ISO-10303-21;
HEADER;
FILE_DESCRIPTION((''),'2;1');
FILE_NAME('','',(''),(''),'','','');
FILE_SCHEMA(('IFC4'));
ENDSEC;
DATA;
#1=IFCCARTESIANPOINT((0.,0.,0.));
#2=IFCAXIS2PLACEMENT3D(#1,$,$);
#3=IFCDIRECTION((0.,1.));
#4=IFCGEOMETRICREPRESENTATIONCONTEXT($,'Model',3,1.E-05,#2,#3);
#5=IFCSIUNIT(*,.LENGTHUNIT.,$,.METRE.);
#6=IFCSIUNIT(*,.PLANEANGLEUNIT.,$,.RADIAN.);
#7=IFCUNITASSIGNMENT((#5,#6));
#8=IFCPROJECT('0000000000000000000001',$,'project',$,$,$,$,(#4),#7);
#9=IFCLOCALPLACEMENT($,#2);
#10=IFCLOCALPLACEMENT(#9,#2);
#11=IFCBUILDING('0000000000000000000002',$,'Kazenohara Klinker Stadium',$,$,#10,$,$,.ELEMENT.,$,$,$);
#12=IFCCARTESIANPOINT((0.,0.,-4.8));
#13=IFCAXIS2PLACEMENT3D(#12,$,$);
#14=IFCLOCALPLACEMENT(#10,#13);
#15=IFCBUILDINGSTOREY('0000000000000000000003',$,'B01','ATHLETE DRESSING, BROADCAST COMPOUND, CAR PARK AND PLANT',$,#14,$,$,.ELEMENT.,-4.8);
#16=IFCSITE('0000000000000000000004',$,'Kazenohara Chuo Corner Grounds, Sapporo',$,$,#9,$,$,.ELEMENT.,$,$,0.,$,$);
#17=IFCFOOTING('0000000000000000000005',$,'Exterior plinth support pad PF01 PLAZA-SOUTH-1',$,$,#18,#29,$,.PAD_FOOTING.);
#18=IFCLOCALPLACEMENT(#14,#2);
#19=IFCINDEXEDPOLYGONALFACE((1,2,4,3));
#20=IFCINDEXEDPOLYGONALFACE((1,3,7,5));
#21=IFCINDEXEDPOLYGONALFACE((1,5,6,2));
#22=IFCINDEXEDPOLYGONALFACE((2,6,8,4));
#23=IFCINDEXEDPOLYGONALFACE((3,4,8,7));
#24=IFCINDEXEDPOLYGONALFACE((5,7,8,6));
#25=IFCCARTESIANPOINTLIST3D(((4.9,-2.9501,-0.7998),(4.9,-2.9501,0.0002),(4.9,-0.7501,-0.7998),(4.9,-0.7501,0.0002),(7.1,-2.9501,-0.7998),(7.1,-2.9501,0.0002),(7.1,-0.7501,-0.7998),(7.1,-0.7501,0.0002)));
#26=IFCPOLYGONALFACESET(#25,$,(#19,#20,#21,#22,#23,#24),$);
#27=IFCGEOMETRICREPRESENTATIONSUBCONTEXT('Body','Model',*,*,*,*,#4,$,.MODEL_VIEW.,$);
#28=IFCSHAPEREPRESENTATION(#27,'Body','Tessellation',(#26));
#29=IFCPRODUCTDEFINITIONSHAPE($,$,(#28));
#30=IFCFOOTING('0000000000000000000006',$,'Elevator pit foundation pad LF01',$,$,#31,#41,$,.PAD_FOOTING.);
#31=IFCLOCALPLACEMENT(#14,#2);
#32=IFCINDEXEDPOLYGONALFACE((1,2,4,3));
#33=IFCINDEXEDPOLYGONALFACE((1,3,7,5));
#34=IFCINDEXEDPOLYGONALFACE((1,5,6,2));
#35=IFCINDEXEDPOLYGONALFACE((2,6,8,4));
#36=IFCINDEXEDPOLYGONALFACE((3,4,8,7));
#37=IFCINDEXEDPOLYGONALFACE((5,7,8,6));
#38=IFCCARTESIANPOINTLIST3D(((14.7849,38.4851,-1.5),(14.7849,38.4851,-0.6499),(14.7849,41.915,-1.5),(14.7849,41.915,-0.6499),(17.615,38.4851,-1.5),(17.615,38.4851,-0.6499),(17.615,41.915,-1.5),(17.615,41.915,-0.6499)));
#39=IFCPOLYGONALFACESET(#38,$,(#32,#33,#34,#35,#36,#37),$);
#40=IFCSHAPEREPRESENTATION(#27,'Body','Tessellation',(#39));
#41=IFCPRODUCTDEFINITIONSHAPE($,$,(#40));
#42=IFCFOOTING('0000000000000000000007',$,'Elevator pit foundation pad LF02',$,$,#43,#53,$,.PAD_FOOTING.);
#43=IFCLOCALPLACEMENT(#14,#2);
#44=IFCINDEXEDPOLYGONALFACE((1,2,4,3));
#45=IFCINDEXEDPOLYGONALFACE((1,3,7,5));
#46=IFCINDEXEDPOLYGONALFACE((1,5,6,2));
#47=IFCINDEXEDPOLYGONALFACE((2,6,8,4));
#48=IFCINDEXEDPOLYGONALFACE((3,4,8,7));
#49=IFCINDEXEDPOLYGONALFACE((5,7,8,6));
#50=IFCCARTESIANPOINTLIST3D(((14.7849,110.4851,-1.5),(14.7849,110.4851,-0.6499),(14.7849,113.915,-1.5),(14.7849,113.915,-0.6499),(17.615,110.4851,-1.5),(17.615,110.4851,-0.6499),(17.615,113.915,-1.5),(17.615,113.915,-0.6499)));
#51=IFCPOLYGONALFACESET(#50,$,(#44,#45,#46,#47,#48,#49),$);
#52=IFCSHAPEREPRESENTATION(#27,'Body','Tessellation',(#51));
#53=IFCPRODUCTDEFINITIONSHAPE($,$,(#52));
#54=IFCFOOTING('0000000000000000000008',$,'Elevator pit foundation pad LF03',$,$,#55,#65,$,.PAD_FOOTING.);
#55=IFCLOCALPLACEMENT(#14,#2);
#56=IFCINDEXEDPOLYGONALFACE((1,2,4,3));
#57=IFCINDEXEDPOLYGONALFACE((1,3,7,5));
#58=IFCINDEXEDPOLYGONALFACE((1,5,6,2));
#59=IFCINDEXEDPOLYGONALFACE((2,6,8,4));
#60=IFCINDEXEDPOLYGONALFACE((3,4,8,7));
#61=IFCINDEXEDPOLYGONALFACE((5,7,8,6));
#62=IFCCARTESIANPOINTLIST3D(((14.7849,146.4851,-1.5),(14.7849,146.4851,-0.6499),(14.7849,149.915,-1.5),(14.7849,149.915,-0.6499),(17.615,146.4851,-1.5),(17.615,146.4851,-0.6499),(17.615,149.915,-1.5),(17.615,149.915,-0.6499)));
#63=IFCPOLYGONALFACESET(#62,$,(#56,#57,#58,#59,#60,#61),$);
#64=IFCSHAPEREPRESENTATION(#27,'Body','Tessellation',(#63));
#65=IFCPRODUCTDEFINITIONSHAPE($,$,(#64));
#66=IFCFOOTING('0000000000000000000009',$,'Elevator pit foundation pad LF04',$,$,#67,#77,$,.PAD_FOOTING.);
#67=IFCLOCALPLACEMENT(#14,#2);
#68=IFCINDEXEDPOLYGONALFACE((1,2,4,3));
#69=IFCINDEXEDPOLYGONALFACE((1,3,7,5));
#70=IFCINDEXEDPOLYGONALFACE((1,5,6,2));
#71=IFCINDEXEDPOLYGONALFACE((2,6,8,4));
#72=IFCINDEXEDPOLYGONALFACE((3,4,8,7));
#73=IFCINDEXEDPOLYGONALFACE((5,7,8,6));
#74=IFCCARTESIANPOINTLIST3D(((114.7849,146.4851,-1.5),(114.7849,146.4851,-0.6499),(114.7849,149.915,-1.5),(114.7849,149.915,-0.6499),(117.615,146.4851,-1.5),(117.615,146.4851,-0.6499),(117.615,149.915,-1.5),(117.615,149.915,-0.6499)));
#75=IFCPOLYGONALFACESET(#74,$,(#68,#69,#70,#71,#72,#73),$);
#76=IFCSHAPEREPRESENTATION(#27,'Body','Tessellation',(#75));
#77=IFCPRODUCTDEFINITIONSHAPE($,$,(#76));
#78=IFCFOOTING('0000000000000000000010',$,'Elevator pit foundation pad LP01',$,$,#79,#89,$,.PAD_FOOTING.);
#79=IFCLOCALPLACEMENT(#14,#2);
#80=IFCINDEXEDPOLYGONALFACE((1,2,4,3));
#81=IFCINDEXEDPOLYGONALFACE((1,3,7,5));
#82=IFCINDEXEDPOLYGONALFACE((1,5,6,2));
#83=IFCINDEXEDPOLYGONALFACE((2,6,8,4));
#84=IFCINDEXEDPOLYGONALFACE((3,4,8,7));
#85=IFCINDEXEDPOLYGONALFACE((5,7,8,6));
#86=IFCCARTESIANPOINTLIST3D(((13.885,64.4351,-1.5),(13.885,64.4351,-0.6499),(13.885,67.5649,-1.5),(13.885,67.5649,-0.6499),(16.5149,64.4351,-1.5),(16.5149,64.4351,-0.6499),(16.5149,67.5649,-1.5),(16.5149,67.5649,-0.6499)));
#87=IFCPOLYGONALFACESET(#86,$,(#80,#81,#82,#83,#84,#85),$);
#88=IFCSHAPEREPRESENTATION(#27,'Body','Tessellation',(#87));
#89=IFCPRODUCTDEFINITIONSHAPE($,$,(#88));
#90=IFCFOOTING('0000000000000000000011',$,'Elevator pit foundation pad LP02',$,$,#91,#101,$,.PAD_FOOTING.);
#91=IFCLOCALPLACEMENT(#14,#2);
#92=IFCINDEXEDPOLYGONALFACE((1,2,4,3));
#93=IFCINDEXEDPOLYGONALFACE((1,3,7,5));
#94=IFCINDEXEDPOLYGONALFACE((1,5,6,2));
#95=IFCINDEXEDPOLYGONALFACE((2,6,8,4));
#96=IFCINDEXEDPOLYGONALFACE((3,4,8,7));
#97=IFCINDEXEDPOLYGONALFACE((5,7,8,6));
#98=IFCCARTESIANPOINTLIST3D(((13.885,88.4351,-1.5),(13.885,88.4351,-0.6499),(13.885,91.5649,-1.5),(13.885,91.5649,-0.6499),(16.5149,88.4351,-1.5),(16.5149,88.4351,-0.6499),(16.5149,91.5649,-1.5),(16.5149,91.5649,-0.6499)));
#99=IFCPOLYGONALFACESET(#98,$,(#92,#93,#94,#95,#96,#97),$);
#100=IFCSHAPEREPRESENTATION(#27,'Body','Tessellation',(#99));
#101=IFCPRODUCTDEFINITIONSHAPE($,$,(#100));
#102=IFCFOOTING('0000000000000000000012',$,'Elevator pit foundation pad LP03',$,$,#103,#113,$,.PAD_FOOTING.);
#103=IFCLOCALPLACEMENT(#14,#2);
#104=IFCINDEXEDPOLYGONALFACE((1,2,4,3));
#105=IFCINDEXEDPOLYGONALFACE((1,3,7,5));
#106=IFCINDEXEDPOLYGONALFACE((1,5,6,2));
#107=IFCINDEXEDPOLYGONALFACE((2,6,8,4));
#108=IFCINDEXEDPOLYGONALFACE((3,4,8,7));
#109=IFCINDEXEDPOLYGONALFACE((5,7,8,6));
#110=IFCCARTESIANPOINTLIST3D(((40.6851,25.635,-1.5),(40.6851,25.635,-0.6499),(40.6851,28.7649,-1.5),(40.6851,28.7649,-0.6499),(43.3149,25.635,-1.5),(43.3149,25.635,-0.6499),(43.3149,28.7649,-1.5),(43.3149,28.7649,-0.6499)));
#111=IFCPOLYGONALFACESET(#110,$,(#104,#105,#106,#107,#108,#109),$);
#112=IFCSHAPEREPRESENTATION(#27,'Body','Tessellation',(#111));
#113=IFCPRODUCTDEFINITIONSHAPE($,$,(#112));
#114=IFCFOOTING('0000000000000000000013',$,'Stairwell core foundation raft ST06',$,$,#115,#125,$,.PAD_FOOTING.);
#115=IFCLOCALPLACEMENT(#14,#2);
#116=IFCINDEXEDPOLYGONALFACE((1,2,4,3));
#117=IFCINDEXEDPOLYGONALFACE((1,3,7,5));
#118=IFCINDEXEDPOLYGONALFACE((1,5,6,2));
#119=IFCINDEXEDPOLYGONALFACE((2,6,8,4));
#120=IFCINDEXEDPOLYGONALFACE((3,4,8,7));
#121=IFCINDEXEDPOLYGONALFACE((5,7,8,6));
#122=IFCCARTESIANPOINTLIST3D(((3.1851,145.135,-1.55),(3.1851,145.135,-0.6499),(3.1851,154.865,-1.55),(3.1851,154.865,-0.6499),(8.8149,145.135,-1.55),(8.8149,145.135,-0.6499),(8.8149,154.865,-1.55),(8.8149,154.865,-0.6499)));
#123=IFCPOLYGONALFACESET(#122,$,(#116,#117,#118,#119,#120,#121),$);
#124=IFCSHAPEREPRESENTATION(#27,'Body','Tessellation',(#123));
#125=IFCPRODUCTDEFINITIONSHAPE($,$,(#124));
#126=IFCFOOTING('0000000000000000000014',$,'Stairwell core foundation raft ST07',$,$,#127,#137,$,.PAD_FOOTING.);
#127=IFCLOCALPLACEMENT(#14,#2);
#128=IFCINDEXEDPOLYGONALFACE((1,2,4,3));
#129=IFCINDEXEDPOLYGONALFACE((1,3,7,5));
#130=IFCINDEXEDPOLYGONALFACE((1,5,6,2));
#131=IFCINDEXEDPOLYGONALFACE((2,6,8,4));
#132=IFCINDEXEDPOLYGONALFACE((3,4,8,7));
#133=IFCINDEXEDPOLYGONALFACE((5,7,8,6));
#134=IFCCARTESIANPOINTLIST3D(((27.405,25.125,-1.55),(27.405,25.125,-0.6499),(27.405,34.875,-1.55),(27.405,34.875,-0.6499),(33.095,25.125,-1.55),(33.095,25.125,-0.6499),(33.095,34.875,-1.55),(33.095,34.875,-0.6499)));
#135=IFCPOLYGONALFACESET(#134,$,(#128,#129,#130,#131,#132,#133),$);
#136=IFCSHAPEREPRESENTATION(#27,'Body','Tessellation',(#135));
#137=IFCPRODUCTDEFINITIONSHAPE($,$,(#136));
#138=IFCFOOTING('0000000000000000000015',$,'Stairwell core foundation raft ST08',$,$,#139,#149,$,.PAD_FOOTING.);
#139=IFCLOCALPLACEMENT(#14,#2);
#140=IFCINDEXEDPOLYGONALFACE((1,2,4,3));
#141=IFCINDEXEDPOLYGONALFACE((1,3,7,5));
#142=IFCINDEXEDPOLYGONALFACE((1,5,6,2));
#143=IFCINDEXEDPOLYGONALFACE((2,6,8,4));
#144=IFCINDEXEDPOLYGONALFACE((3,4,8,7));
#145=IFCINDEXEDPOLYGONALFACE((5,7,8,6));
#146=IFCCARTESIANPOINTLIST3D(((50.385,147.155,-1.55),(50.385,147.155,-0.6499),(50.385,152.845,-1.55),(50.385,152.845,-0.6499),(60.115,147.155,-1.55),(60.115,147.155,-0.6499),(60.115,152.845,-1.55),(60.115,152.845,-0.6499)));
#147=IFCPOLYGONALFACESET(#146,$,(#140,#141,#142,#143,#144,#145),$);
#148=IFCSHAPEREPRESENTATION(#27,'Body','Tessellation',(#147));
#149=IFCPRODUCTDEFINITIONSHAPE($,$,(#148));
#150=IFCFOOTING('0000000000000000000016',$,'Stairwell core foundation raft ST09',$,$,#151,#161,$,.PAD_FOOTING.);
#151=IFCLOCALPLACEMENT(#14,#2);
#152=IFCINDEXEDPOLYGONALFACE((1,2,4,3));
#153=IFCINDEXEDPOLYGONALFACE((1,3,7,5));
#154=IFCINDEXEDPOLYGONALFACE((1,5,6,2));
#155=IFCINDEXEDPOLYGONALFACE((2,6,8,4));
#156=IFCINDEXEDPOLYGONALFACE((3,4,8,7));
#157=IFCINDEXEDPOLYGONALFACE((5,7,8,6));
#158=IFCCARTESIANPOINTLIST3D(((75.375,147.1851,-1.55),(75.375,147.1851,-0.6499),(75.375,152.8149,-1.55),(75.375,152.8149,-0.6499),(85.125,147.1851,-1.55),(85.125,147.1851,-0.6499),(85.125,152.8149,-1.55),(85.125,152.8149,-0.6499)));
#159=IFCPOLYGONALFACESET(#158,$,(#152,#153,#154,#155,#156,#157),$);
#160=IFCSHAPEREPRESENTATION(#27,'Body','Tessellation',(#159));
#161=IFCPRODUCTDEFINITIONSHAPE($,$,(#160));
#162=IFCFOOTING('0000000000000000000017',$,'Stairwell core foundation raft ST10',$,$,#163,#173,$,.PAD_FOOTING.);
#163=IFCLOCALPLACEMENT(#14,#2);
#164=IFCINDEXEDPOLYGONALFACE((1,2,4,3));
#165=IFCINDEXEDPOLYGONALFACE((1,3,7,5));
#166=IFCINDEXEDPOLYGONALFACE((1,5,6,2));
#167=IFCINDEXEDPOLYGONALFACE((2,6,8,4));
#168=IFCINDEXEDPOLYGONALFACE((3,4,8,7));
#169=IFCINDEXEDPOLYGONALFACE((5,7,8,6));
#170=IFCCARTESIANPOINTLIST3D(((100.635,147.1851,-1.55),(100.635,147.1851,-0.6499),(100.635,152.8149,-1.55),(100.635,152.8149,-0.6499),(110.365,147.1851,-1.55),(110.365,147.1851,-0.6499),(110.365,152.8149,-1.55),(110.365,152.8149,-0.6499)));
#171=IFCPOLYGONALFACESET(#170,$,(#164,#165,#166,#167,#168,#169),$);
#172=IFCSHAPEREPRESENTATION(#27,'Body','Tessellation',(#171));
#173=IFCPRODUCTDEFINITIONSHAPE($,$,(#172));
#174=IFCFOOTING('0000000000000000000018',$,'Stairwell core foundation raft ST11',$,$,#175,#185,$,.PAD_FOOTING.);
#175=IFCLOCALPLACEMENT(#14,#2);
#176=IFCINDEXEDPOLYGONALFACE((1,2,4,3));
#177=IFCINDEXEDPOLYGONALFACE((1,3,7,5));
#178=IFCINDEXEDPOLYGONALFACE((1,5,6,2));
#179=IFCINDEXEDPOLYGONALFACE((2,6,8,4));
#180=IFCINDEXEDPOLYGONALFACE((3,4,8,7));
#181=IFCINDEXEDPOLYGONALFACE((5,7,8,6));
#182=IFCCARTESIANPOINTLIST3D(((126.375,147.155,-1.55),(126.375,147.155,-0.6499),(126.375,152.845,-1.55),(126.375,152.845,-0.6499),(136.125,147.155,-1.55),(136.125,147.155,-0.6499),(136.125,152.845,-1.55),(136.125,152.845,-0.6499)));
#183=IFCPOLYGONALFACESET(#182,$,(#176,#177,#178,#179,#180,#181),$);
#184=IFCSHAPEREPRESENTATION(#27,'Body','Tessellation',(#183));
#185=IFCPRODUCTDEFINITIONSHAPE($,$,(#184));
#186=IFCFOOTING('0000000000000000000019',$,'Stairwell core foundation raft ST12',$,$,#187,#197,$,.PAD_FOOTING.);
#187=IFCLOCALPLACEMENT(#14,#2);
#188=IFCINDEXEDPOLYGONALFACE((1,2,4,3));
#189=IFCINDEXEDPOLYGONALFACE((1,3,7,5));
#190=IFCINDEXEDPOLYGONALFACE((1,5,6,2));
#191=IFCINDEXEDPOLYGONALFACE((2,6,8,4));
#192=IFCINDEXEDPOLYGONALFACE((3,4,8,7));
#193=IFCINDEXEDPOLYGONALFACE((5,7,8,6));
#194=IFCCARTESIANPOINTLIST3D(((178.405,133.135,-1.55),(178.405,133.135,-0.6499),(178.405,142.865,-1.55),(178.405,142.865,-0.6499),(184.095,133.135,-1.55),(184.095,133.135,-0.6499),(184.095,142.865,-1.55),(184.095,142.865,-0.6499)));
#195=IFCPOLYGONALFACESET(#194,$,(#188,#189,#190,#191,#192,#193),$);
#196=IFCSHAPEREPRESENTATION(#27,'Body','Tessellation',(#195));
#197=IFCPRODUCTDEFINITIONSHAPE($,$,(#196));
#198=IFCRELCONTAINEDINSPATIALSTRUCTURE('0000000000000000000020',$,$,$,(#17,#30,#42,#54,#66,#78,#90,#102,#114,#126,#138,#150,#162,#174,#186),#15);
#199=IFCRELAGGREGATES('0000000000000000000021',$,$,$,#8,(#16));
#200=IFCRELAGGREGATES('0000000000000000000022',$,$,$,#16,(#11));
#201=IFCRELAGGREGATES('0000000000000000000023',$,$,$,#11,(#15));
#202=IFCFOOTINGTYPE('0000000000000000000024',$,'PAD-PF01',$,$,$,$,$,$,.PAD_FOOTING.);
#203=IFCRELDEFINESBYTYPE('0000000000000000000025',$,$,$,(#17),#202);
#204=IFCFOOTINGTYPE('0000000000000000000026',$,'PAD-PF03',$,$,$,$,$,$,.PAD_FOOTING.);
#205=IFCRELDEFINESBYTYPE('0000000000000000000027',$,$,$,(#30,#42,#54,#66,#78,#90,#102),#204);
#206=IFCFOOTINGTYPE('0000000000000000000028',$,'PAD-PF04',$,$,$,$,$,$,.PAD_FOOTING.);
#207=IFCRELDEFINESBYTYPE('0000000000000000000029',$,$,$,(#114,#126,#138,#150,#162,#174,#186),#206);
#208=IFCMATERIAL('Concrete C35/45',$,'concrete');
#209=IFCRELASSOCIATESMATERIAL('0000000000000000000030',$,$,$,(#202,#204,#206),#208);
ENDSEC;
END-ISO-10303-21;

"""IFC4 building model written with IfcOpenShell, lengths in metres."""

from ifc_helpers import new_model, si_unit, direction, frame, origin, origin_2d, place, context, subcontext, project, spatial, polyline, rectangle, outline, extrude, material, type_object, element, save


model = new_model("IFC4")

# Units and contexts
model_context = context("Model", 3, precision=1e-05, world=origin(), true_north=direction((0.0, 1.0)))
body_context = subcontext(model_context, "Body", "Model", "MODEL_VIEW")
ifc_project = project(units=[si_unit("LENGTHUNIT", "METRE"), si_unit("PLANEANGLEUNIT", "RADIAN")], contexts=[model_context])

# Site, building, storey
site_placement = place(None, origin())
site = spatial("IfcSite", under=ifc_project, at=site_placement, Name="Kazenohara Chuo Corner Grounds, Sapporo", CompositionType="ELEMENT", RefElevation=0.0)
building_placement = place(site_placement, origin())
building = spatial("IfcBuilding", under=site, at=building_placement, Name="Kazenohara Klinker Stadium", CompositionType="ELEMENT")
storey_placement = place(building_placement, frame((0.0, 0.0, -4.8)))
storey = spatial("IfcBuildingStorey", under=building, at=storey_placement, Name="B01", Description="ATHLETE DRESSING, BROADCAST COMPOUND, CAR PARK AND PLANT", CompositionType="ELEMENT", Elevation=-4.8)

# Footings
ifc_material_1 = material(Name="Concrete C35/45", Category="concrete")
footing_type_1 = type_object("IfcFootingType", Name="PAD-PF01", PredefinedType="PAD_FOOTING", material=ifc_material_1)
footing_1_placement = place(storey_placement, frame((6.0, -1.8501, -0.7998), z_axis=(0.0, 0.0, 1.0), x_axis=(1.0, 0.0, 0.0)))
element("IfcFooting", 1, at=footing_1_placement, inside=storey, type_object=footing_type_1, Name="Exterior plinth support pad PF01 PLAZA-SOUTH-1", PredefinedType="PAD_FOOTING", context=body_context, shape_type="SweptSolid", body=[
    extrude(rectangle(XDim=2.2, YDim=2.2, at=origin_2d()), origin(), (0.0, 0.0, 1.0), 0.8),
])
footing_type_2 = type_object("IfcFootingType", Name="PAD-PF03", PredefinedType="PAD_FOOTING", material=ifc_material_1)
footing_2_placement = place(storey_placement, frame((0.0, 0.0, -1.5)))
element("IfcFooting", 2, at=footing_2_placement, inside=storey, type_object=footing_type_2, Name="Elevator pit foundation pad LF01", PredefinedType="PAD_FOOTING", context=body_context, shape_type="SweptSolid", body=[
    extrude(outline(polyline([(14.7849, 38.4851), (17.615, 38.4851), (17.615, 41.915), (14.7849, 41.915), (14.7849, 38.4851)])), origin(), (0.0, 0.0, 1.0), 0.8501),
])
footing_3_placement = place(storey_placement, frame((0.0, 0.0, -1.5)))
element("IfcFooting", 3, at=footing_3_placement, inside=storey, type_object=footing_type_2, Name="Elevator pit foundation pad LF02", PredefinedType="PAD_FOOTING", context=body_context, shape_type="SweptSolid", body=[
    extrude(outline(polyline([(14.7849, 110.4851), (17.615, 110.4851), (17.615, 113.915), (14.7849, 113.915), (14.7849, 110.4851)])), origin(), (0.0, 0.0, 1.0), 0.8501),
])
footing_4_placement = place(storey_placement, frame((0.0, 0.0, -1.5)))
element("IfcFooting", 4, at=footing_4_placement, inside=storey, type_object=footing_type_2, Name="Elevator pit foundation pad LF03", PredefinedType="PAD_FOOTING", context=body_context, shape_type="SweptSolid", body=[
    extrude(outline(polyline([(14.7849, 146.4851), (17.615, 146.4851), (17.615, 149.915), (14.7849, 149.915), (14.7849, 146.4851)])), origin(), (0.0, 0.0, 1.0), 0.8501),
])
footing_5_placement = place(storey_placement, frame((0.0, 0.0, -1.5)))
element("IfcFooting", 5, at=footing_5_placement, inside=storey, type_object=footing_type_2, Name="Elevator pit foundation pad LF04", PredefinedType="PAD_FOOTING", context=body_context, shape_type="SweptSolid", body=[
    extrude(outline(polyline([(114.7849, 146.4851), (117.615, 146.4851), (117.615, 149.915), (114.7849, 149.915), (114.7849, 146.4851)])), origin(), (0.0, 0.0, 1.0), 0.8501),
])
footing_6_placement = place(storey_placement, frame((0.0, 0.0, -1.5)))
element("IfcFooting", 6, at=footing_6_placement, inside=storey, type_object=footing_type_2, Name="Elevator pit foundation pad LP01", PredefinedType="PAD_FOOTING", context=body_context, shape_type="SweptSolid", body=[
    extrude(outline(polyline([(13.885, 64.4351), (16.5149, 64.4351), (16.5149, 67.5649), (13.885, 67.5649), (13.885, 64.4351)])), origin(), (0.0, 0.0, 1.0), 0.8501),
])
footing_7_placement = place(storey_placement, frame((0.0, 0.0, -1.5)))
element("IfcFooting", 7, at=footing_7_placement, inside=storey, type_object=footing_type_2, Name="Elevator pit foundation pad LP02", PredefinedType="PAD_FOOTING", context=body_context, shape_type="SweptSolid", body=[
    extrude(outline(polyline([(13.885, 88.4351), (16.5149, 88.4351), (16.5149, 91.5649), (13.885, 91.5649), (13.885, 88.4351)])), origin(), (0.0, 0.0, 1.0), 0.8501),
])
footing_8_placement = place(storey_placement, frame((0.0, 0.0, -1.5)))
element("IfcFooting", 8, at=footing_8_placement, inside=storey, type_object=footing_type_2, Name="Elevator pit foundation pad LP03", PredefinedType="PAD_FOOTING", context=body_context, shape_type="SweptSolid", body=[
    extrude(outline(polyline([(40.6851, 25.635), (43.3149, 25.635), (43.3149, 28.7649), (40.6851, 28.7649), (40.6851, 25.635)])), origin(), (0.0, 0.0, 1.0), 0.8501),
])
footing_type_3 = type_object("IfcFootingType", Name="PAD-PF04", PredefinedType="PAD_FOOTING", material=ifc_material_1)
footing_9_placement = place(storey_placement, frame((0.0, 0.0, -1.55)))
element("IfcFooting", 9, at=footing_9_placement, inside=storey, type_object=footing_type_3, Name="Stairwell core foundation raft ST06", PredefinedType="PAD_FOOTING", context=body_context, shape_type="SweptSolid", body=[
    extrude(outline(polyline([(3.1851, 145.135), (8.8149, 145.135), (8.8149, 154.865), (3.1851, 154.865), (3.1851, 145.135)])), origin(), (0.0, 0.0, 1.0), 0.9001),
])
footing_10_placement = place(storey_placement, frame((0.0, 0.0, -1.55)))
element("IfcFooting", 10, at=footing_10_placement, inside=storey, type_object=footing_type_3, Name="Stairwell core foundation raft ST07", PredefinedType="PAD_FOOTING", context=body_context, shape_type="SweptSolid", body=[
    extrude(outline(polyline([(27.405, 25.125), (33.095, 25.125), (33.095, 34.875), (27.405, 34.875), (27.405, 25.125)])), origin(), (0.0, 0.0, 1.0), 0.9001),
])
footing_11_placement = place(storey_placement, frame((0.0, 0.0, -1.55)))
element("IfcFooting", 11, at=footing_11_placement, inside=storey, type_object=footing_type_3, Name="Stairwell core foundation raft ST08", PredefinedType="PAD_FOOTING", context=body_context, shape_type="SweptSolid", body=[
    extrude(outline(polyline([(50.385, 147.155), (60.115, 147.155), (60.115, 152.845), (50.385, 152.845), (50.385, 147.155)])), origin(), (0.0, 0.0, 1.0), 0.9001),
])
footing_12_placement = place(storey_placement, frame((0.0, 0.0, -1.55)))
element("IfcFooting", 12, at=footing_12_placement, inside=storey, type_object=footing_type_3, Name="Stairwell core foundation raft ST09", PredefinedType="PAD_FOOTING", context=body_context, shape_type="SweptSolid", body=[
    extrude(outline(polyline([(75.375, 147.1851), (85.125, 147.1851), (85.125, 152.8149), (75.375, 152.8149), (75.375, 147.1851)])), origin(), (0.0, 0.0, 1.0), 0.9001),
])
footing_13_placement = place(storey_placement, frame((0.0, 0.0, -1.55)))
element("IfcFooting", 13, at=footing_13_placement, inside=storey, type_object=footing_type_3, Name="Stairwell core foundation raft ST10", PredefinedType="PAD_FOOTING", context=body_context, shape_type="SweptSolid", body=[
    extrude(outline(polyline([(100.635, 147.1851), (110.365, 147.1851), (110.365, 152.8149), (100.635, 152.8149), (100.635, 147.1851)])), origin(), (0.0, 0.0, 1.0), 0.9001),
])
footing_14_placement = place(storey_placement, frame((0.0, 0.0, -1.55)))
element("IfcFooting", 14, at=footing_14_placement, inside=storey, type_object=footing_type_3, Name="Stairwell core foundation raft ST11", PredefinedType="PAD_FOOTING", context=body_context, shape_type="SweptSolid", body=[
    extrude(outline(polyline([(126.375, 147.155), (136.125, 147.155), (136.125, 152.845), (126.375, 152.845), (126.375, 147.155)])), origin(), (0.0, 0.0, 1.0), 0.9001),
])
footing_15_placement = place(storey_placement, frame((0.0, 0.0, -1.55)))
element("IfcFooting", 15, at=footing_15_placement, inside=storey, type_object=footing_type_3, Name="Stairwell core foundation raft ST12", PredefinedType="PAD_FOOTING", context=body_context, shape_type="SweptSolid", body=[
    extrude(outline(polyline([(178.405, 133.135), (184.095, 133.135), (184.095, 142.865), (178.405, 142.865), (178.405, 133.135)])), origin(), (0.0, 0.0, 1.0), 0.9001),
])

save(model, "model.ifc")
